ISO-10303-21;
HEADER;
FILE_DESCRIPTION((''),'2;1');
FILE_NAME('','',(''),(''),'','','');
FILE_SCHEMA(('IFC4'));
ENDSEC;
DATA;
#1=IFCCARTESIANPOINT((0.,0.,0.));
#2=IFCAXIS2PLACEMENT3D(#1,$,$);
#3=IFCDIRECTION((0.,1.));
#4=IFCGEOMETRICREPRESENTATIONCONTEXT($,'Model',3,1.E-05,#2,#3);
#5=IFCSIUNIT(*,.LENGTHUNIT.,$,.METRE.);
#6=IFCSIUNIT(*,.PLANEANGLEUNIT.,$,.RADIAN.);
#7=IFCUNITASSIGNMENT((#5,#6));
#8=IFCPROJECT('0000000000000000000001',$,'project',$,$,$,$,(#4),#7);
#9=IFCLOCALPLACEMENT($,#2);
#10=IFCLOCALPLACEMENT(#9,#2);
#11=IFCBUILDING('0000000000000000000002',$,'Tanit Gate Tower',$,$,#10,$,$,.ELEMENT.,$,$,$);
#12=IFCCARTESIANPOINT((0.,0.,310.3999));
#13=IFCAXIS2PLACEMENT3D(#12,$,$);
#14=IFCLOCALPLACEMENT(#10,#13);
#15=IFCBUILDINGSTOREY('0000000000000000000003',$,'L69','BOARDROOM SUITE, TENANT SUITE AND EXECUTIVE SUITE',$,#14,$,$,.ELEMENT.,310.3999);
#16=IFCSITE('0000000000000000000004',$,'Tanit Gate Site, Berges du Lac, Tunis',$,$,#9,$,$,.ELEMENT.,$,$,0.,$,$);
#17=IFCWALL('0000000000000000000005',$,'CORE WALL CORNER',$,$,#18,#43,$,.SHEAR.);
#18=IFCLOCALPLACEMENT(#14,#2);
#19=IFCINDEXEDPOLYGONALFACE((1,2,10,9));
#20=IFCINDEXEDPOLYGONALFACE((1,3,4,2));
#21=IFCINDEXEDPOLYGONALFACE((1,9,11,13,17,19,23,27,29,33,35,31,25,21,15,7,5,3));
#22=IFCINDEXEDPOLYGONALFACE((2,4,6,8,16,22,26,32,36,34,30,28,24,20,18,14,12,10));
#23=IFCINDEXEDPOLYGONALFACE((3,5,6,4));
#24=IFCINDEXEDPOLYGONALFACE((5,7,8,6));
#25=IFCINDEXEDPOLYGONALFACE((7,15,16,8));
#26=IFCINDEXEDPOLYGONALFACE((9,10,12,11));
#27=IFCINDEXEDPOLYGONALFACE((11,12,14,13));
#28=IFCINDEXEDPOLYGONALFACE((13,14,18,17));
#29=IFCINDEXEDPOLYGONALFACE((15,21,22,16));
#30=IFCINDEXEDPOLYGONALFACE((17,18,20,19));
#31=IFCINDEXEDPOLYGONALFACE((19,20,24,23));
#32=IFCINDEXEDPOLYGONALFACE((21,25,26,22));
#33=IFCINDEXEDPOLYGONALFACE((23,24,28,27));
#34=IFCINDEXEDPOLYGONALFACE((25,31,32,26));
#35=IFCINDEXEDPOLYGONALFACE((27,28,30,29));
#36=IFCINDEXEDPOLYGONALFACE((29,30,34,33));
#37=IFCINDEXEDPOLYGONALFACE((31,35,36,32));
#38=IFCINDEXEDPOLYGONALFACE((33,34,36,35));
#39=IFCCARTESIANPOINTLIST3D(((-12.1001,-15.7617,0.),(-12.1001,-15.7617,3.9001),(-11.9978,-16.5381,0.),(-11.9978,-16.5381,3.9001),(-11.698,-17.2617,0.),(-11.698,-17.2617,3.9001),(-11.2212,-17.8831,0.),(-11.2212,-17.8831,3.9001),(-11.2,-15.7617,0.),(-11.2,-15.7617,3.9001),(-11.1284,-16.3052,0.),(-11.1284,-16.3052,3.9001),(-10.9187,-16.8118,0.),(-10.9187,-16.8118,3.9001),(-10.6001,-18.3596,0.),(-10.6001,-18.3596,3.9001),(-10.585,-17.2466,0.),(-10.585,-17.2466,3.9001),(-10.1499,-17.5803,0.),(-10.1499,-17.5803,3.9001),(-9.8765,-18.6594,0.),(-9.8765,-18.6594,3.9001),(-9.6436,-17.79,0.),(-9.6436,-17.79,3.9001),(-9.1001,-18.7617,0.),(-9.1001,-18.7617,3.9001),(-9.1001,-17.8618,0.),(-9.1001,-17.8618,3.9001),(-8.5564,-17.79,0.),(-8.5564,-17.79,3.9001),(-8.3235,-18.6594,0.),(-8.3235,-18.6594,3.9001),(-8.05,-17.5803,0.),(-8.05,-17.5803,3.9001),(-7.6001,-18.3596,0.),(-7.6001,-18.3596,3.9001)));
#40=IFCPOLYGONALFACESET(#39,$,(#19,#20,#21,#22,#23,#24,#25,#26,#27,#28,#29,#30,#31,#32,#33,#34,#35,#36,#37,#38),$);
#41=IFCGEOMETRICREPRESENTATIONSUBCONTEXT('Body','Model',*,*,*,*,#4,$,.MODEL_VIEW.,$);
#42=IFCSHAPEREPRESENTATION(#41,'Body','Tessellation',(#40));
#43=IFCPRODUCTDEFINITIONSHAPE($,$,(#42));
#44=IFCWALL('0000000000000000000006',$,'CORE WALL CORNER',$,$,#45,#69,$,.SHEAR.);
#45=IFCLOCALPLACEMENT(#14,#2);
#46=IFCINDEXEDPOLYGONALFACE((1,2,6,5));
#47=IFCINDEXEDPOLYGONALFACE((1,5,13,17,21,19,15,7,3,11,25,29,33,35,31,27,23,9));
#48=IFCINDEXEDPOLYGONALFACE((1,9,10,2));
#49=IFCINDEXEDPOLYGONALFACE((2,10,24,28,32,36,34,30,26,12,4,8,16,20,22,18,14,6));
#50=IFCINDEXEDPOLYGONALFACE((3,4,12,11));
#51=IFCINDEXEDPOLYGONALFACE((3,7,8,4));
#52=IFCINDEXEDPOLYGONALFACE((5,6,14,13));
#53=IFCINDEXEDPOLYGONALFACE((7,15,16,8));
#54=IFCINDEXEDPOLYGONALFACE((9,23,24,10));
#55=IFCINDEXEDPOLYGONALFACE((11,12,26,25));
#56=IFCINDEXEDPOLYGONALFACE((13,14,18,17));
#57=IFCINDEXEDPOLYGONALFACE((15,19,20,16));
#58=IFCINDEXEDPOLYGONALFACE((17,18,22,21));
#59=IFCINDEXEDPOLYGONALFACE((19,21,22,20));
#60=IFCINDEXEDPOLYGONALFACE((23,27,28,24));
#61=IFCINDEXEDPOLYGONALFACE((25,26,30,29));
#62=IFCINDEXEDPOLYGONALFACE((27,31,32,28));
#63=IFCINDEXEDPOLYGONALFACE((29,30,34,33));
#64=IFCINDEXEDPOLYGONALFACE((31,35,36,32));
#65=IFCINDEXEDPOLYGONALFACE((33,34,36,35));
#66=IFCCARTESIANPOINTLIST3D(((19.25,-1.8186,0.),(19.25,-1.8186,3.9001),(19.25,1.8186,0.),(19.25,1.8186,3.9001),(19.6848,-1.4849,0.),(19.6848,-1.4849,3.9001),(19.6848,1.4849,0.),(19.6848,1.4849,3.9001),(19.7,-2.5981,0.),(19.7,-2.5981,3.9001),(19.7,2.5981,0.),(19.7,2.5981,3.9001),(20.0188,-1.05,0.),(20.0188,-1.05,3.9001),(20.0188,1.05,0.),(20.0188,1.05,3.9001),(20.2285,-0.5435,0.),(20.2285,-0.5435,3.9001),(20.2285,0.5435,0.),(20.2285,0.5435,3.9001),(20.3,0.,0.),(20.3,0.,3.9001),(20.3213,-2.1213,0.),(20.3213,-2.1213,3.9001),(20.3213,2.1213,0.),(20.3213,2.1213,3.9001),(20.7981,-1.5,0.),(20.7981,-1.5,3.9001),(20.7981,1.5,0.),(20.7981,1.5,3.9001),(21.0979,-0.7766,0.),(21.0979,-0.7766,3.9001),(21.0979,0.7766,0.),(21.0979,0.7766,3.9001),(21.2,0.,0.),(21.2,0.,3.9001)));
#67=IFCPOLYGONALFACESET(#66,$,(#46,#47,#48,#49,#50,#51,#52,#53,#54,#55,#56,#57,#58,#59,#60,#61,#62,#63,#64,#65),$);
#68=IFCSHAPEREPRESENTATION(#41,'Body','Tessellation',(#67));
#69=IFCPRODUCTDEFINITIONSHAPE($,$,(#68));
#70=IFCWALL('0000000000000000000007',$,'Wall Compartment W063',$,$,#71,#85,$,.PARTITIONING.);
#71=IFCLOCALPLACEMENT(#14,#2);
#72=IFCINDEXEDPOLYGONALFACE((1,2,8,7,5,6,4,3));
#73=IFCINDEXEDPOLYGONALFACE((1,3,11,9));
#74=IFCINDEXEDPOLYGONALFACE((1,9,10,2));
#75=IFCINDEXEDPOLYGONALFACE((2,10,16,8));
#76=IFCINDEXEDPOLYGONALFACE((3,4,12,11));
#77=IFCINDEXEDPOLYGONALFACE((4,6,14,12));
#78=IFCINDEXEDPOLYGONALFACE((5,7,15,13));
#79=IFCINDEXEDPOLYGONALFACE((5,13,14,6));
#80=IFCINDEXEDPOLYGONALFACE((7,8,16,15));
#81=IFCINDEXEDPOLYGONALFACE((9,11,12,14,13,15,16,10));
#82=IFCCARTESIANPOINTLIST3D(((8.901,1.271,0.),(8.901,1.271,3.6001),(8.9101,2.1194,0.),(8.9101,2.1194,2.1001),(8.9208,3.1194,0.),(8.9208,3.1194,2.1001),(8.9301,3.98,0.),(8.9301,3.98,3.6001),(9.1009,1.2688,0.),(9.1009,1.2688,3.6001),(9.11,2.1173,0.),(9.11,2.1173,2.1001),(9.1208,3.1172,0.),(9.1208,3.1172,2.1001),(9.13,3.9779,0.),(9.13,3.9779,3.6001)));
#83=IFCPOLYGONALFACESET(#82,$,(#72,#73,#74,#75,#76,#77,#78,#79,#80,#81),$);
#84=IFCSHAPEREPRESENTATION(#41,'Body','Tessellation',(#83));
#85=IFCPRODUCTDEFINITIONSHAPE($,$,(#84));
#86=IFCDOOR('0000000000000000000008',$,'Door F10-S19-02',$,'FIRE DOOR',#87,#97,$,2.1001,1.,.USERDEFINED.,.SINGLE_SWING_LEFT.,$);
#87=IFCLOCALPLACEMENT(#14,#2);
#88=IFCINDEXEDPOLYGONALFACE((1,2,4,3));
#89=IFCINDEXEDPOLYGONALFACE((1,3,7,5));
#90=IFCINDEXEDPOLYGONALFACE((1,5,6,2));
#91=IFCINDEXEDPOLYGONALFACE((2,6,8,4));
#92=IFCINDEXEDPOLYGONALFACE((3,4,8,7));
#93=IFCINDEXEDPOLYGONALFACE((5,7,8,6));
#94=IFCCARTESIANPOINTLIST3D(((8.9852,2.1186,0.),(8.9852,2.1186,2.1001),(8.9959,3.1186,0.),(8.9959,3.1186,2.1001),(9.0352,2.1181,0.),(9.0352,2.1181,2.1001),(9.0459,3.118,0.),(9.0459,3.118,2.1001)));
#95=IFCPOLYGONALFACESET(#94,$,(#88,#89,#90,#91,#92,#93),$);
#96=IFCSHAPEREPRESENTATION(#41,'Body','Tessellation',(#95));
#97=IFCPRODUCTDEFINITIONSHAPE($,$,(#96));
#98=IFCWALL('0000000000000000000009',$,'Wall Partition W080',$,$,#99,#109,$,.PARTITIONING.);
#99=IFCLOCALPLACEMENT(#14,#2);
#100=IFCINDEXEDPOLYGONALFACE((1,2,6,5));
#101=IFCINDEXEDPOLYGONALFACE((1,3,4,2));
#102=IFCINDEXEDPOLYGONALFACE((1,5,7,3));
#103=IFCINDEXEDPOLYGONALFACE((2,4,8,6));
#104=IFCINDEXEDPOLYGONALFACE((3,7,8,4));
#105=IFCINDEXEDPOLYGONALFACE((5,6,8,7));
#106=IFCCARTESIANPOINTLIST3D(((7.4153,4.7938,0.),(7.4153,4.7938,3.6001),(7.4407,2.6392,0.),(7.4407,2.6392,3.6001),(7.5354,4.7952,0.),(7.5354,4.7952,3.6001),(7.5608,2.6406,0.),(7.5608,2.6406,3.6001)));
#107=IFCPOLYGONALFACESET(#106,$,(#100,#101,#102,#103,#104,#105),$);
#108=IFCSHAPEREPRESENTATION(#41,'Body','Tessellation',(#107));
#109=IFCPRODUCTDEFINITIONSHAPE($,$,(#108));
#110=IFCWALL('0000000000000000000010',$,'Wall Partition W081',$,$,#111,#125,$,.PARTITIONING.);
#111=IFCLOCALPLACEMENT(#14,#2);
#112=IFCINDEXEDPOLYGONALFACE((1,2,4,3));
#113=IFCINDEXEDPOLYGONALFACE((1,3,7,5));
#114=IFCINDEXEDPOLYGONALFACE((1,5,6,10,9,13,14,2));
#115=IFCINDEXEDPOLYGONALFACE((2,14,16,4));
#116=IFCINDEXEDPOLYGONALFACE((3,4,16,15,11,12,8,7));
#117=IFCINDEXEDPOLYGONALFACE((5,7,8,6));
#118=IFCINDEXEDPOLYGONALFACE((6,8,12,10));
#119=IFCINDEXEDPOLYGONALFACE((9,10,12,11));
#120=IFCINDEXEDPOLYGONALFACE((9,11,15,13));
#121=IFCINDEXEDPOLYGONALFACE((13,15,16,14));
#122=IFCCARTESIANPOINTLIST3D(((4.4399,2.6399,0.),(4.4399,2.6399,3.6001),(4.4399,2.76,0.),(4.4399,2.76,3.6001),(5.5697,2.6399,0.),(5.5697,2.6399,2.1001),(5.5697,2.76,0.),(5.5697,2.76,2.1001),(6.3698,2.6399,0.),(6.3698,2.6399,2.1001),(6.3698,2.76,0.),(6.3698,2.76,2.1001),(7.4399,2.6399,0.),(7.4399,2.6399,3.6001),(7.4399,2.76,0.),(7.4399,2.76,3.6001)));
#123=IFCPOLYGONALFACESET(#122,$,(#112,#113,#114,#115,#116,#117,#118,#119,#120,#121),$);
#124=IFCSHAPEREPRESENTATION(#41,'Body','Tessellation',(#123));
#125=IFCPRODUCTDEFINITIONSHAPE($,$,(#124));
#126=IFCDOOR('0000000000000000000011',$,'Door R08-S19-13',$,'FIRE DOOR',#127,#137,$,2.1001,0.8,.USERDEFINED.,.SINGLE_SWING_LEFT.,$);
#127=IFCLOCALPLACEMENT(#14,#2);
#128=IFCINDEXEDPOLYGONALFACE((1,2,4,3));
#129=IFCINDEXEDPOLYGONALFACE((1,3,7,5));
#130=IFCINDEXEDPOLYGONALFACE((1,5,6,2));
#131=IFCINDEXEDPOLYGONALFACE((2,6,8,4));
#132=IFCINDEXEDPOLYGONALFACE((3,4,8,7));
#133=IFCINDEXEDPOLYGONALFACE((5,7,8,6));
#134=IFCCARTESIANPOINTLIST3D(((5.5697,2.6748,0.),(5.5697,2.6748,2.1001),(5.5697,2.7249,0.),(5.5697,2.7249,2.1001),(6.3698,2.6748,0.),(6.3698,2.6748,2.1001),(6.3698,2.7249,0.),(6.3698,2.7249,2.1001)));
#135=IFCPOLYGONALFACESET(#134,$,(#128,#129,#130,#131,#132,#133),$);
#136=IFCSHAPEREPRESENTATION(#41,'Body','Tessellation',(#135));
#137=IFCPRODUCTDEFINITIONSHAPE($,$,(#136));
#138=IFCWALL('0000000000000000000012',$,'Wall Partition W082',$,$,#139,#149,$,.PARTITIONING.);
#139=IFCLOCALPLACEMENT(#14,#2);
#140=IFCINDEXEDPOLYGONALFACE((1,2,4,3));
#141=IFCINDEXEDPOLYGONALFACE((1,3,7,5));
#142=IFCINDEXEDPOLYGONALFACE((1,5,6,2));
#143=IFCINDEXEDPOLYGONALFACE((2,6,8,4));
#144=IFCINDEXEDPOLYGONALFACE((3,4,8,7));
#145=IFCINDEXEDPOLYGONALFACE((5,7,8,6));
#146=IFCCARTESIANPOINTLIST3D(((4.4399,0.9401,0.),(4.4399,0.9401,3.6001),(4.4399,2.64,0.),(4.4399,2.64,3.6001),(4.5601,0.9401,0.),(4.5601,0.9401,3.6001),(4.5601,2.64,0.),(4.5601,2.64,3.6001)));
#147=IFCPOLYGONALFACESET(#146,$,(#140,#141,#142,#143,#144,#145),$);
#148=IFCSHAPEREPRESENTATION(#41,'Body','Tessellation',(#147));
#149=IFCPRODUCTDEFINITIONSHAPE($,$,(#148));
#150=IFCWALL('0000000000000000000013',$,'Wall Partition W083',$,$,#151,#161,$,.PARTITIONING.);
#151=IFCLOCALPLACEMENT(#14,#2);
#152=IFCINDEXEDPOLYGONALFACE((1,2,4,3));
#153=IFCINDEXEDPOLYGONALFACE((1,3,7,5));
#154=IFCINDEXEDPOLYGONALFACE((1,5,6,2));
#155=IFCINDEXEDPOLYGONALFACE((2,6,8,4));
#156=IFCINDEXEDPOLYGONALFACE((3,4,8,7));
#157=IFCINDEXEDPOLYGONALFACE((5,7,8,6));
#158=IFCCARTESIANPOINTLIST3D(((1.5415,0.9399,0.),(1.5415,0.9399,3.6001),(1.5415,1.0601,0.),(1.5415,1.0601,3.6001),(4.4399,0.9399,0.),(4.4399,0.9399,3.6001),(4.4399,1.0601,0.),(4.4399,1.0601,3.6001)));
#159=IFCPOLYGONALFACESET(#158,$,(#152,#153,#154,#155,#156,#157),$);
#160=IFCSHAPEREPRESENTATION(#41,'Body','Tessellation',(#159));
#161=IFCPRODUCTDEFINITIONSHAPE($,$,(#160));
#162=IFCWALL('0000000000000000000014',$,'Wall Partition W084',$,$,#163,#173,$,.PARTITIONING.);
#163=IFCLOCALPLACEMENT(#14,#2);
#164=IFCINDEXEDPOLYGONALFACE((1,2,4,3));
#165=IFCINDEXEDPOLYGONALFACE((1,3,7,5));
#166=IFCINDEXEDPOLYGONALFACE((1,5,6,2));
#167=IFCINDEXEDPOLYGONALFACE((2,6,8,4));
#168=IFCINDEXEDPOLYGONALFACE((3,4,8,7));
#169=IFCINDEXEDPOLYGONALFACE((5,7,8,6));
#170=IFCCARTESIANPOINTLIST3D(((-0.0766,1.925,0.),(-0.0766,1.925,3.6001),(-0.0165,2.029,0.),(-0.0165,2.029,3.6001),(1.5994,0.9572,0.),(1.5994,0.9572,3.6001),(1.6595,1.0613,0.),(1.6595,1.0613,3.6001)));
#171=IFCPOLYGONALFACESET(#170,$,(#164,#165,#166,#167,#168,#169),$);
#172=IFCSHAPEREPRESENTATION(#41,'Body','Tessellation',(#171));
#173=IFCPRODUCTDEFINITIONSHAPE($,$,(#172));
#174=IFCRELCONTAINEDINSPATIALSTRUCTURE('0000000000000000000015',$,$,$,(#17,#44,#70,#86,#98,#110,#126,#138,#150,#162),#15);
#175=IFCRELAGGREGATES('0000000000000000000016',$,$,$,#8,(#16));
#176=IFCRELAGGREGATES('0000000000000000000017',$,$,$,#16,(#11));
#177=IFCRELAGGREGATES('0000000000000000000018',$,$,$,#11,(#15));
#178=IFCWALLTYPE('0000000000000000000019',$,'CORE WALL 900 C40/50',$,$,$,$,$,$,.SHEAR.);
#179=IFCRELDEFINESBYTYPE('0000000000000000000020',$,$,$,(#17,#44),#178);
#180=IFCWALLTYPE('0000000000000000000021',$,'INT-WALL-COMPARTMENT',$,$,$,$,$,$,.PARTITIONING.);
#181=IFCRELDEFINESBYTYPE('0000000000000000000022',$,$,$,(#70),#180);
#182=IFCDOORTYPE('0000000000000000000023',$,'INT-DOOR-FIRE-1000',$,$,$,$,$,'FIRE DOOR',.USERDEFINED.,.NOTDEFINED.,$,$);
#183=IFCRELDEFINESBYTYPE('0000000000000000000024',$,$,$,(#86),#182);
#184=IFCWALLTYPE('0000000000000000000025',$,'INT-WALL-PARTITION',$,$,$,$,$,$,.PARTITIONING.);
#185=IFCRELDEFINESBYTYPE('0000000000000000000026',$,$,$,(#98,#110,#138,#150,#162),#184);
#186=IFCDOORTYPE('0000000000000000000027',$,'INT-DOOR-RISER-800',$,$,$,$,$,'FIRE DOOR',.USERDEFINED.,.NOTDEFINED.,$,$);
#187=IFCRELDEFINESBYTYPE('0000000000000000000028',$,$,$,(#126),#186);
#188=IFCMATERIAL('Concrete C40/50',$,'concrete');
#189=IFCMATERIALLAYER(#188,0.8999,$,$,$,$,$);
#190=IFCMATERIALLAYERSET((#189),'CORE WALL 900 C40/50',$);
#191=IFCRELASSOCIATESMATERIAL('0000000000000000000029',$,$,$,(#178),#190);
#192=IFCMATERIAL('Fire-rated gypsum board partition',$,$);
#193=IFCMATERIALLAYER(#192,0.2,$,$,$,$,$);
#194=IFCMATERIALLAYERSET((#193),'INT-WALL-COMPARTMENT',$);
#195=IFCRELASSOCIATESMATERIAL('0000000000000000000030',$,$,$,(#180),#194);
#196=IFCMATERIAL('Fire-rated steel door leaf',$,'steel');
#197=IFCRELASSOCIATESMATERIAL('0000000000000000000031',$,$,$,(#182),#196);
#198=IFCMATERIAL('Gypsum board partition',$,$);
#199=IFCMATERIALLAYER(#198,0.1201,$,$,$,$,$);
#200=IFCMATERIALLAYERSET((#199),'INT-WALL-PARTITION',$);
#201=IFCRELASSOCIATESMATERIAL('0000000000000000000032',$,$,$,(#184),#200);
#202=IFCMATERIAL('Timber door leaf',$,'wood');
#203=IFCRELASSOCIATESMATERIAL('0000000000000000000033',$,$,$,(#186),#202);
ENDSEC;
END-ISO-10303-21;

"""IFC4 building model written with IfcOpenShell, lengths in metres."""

from ifc_helpers import new_model, si_unit, direction, frame, frame_2d, origin, place, context, subcontext, project, spatial, polyline, rectangle, outline, extrude, material, layer, layer_set, type_object, element, fill, save


model = new_model("IFC4")

# Units and contexts
model_context = context("Model", 3, precision=1e-05, world=origin(), true_north=direction((0.0, 1.0)))
body_context = subcontext(model_context, "Body", "Model", "MODEL_VIEW")
ifc_project = project(units=[si_unit("LENGTHUNIT", "METRE"), si_unit("PLANEANGLEUNIT", "RADIAN")], contexts=[model_context])

# Site, building, storey
site_placement = place(None, origin())
site = spatial("IfcSite", under=ifc_project, at=site_placement, Name="Tanit Gate Site, Berges du Lac, Tunis", CompositionType="ELEMENT", RefElevation=0.0)
building_placement = place(site_placement, origin())
building = spatial("IfcBuilding", under=site, at=building_placement, Name="Tanit Gate Tower", CompositionType="ELEMENT")
storey_placement = place(building_placement, frame((0.0, 0.0, 310.3999)))
storey = spatial("IfcBuildingStorey", under=building, at=storey_placement, Name="L69", Description="BOARDROOM SUITE, TENANT SUITE AND EXECUTIVE SUITE", CompositionType="ELEMENT", Elevation=310.3999)

# Walls
ifc_material_1 = material(Name="Concrete C40/50", Category="concrete")
ifc_layer_1 = layer(ifc_material_1, 0.8999)
ifc_layer_set_1 = layer_set([ifc_layer_1], Name="CORE WALL 900 C40/50")
wall_type_1 = type_object("IfcWallType", Name="CORE WALL 900 C40/50", PredefinedType="SHEAR", material=ifc_layer_set_1)
wall_1_placement = place(storey_placement, origin())
element("IfcWall", 1, at=wall_1_placement, inside=storey, type_object=wall_type_1, Name="CORE WALL CORNER", PredefinedType="SHEAR", context=body_context, shape_type="SweptSolid", body=[
    extrude(outline(polyline([(-12.1001, -15.7617), (-11.9978, -16.5381), (-11.698, -17.2617), (-11.2212, -17.8831), (-10.6001, -18.3596), (-9.8765, -18.6594), (-9.1001, -18.7617), (-8.3235, -18.6594), (-7.6001, -18.3596), (-8.05, -17.5803), (-8.5564, -17.79), (-9.1001, -17.8618), (-9.6436, -17.79), (-10.1499, -17.5803), (-10.585, -17.2466), (-10.9187, -16.8118), (-11.1284, -16.3052), (-11.2, -15.7617), (-12.1001, -15.7617)])), origin(), (0.0, 0.0, 1.0), 3.9001),
])
wall_2_placement = place(storey_placement, origin())
element("IfcWall", 2, at=wall_2_placement, inside=storey, type_object=wall_type_1, Name="CORE WALL CORNER", PredefinedType="SHEAR", context=body_context, shape_type="SweptSolid", body=[
    extrude(outline(polyline([(19.7, -2.5981), (20.3213, -2.1213), (20.7981, -1.5), (21.0979, -0.7766), (21.2, 0.0), (21.0979, 0.7766), (20.7981, 1.5), (20.3213, 2.1213), (19.7, 2.5981), (19.25, 1.8186), (19.6848, 1.4849), (20.0188, 1.05), (20.2285, 0.5435), (20.3, 0.0), (20.2285, -0.5435), (20.0188, -1.05), (19.6848, -1.4849), (19.25, -1.8186), (19.7, -2.5981)])), origin(), (0.0, 0.0, 1.0), 3.9001),
])

# Wall, opening, door
ifc_material_2 = material(Name="Fire-rated gypsum board partition")
ifc_layer_2 = layer(ifc_material_2, 0.2)
ifc_layer_set_2 = layer_set([ifc_layer_2], Name="INT-WALL-COMPARTMENT")
wall_type_2 = type_object("IfcWallType", Name="INT-WALL-COMPARTMENT", PredefinedType="PARTITIONING", material=ifc_layer_set_2)
wall_3_placement = place(storey_placement, frame((9.001, 1.27, 0.0), z_axis=(0.0, 0.0, 1.0), x_axis=(0.010724, 0.999942, 0.0)))
wall_3 = element("IfcWall", 3, at=wall_3_placement, inside=storey, type_object=wall_type_2, Name="Wall Compartment W063", PredefinedType="PARTITIONING", context=body_context, shape_type="SweptSolid", body=[
    extrude(rectangle(XDim=2.7092, YDim=0.2, at=frame_2d((1.3545, 0.0))), origin(), (0.0, 0.0, 1.0), 3.6001),
])
opening_1_placement = place(wall_3_placement, frame((0.8484, 0.0, 0.0)))
opening_1 = element("IfcOpeningElement", 4, at=opening_1_placement, cuts=wall_3, PredefinedType="OPENING", context=body_context, shape_type="SweptSolid", body=[
    extrude(rectangle(XDim=1.0, YDim=2.1001, at=frame_2d((0.5, 1.05))), frame((0.0, 0.1099, 0.0), z_axis=(0.0, -1.0, 0.0), x_axis=(1.0, 0.0, 0.0)), (0.0, 0.0, 1.0), 0.22),
])
ifc_material_3 = material(Name="Fire-rated steel door leaf", Category="steel")
door_type_1 = type_object("IfcDoorType", Name="INT-DOOR-FIRE-1000", ElementType="FIRE DOOR", OperationType="NOTDEFINED", PredefinedType="USERDEFINED", material=ifc_material_3)
door_1_placement = place(opening_1_placement, origin())
door_1 = element("IfcDoor", 5, at=door_1_placement, inside=storey, type_object=door_type_1, Name="Door F10-S19-02", ObjectType="FIRE DOOR", OperationType="SINGLE_SWING_LEFT", OverallHeight=2.1001, OverallWidth=1.0, PredefinedType="USERDEFINED", context=body_context, shape_type="SweptSolid", body=[
    extrude(rectangle(XDim=1.0, YDim=2.1001, at=frame_2d((0.5, 1.05))), frame((0.0, 0.0249, 0.0), z_axis=(0.0, -1.0, 0.0), x_axis=(1.0, 0.0, 0.0)), (0.0, 0.0, 1.0), 0.05),
])
fill(opening_1, door_1)

# Wall
ifc_material_4 = material(Name="Gypsum board partition")
ifc_layer_3 = layer(ifc_material_4, 0.1201)
ifc_layer_set_3 = layer_set([ifc_layer_3], Name="INT-WALL-PARTITION")
wall_type_3 = type_object("IfcWallType", Name="INT-WALL-PARTITION", PredefinedType="PARTITIONING", material=ifc_layer_set_3)
wall_4_placement = place(storey_placement, frame((7.5007, 2.6399, 0.0), z_axis=(0.0, 0.0, 1.0), x_axis=(-0.011784, 0.999931, 0.0)))
element("IfcWall", 6, at=wall_4_placement, inside=storey, type_object=wall_type_3, Name="Wall Partition W080", PredefinedType="PARTITIONING", context=body_context, shape_type="SweptSolid", body=[
    extrude(rectangle(XDim=2.1548, YDim=0.1201, at=frame_2d((1.0774, 0.0))), origin(), (0.0, 0.0, 1.0), 3.6001),
])

# Wall, opening, door
wall_5_placement = place(storey_placement, frame((4.4399, 2.7, 0.0), z_axis=(0.0, 0.0, 1.0), x_axis=(1.0, 0.0, 0.0)))
wall_5 = element("IfcWall", 7, at=wall_5_placement, inside=storey, type_object=wall_type_3, Name="Wall Partition W081", PredefinedType="PARTITIONING", context=body_context, shape_type="SweptSolid", body=[
    extrude(rectangle(XDim=3.0, YDim=0.1201, at=frame_2d((1.5, 0.0))), origin(), (0.0, 0.0, 1.0), 3.6001),
])
opening_2_placement = place(wall_5_placement, frame((1.1299, 0.0, 0.0)))
opening_2 = element("IfcOpeningElement", 8, at=opening_2_placement, cuts=wall_5, PredefinedType="OPENING", context=body_context, shape_type="SweptSolid", body=[
    extrude(rectangle(XDim=0.8, YDim=2.1001, at=frame_2d((0.3999, 1.05))), frame((0.0, 0.0701, 0.0), z_axis=(0.0, -1.0, 0.0), x_axis=(1.0, 0.0, 0.0)), (0.0, 0.0, 1.0), 0.1401),
])
ifc_material_5 = material(Name="Timber door leaf", Category="wood")
door_type_2 = type_object("IfcDoorType", Name="INT-DOOR-RISER-800", ElementType="FIRE DOOR", OperationType="NOTDEFINED", PredefinedType="USERDEFINED", material=ifc_material_5)
door_2_placement = place(opening_2_placement, origin())
door_2 = element("IfcDoor", 9, at=door_2_placement, inside=storey, type_object=door_type_2, Name="Door R08-S19-13", ObjectType="FIRE DOOR", OperationType="SINGLE_SWING_LEFT", OverallHeight=2.1001, OverallWidth=0.8, PredefinedType="USERDEFINED", context=body_context, shape_type="SweptSolid", body=[
    extrude(rectangle(XDim=0.8, YDim=2.1001, at=frame_2d((0.3999, 1.05))), frame((0.0, 0.0249, 0.0), z_axis=(0.0, -1.0, 0.0), x_axis=(1.0, 0.0, 0.0)), (0.0, 0.0, 1.0), 0.05),
])
fill(opening_2, door_2)

# Walls
wall_6_placement = place(storey_placement, frame((4.5, 0.9399, 0.0), z_axis=(0.0, 0.0, 1.0), x_axis=(0.0, 1.0, 0.0)))
element("IfcWall", 10, at=wall_6_placement, inside=storey, type_object=wall_type_3, Name="Wall Partition W082", PredefinedType="PARTITIONING", context=body_context, shape_type="SweptSolid", body=[
    extrude(rectangle(XDim=1.7, YDim=0.1201, at=frame_2d((0.8501, 0.0))), origin(), (0.0, 0.0, 1.0), 3.6001),
])
wall_7_placement = place(storey_placement, frame((1.5415, 1.0, 0.0), z_axis=(0.0, 0.0, 1.0), x_axis=(1.0, 0.0, 0.0)))
element("IfcWall", 11, at=wall_7_placement, inside=storey, type_object=wall_type_3, Name="Wall Partition W083", PredefinedType="PARTITIONING", context=body_context, shape_type="SweptSolid", body=[
    extrude(rectangle(XDim=2.8984, YDim=0.1201, at=frame_2d((1.4492, 0.0))), origin(), (0.0, 0.0, 1.0), 3.6001),
])
wall_8_placement = place(storey_placement, frame((-0.0466, 1.9771, 0.0), z_axis=(0.0, 0.0, 1.0), x_axis=(0.865999, -0.500046, 0.0)))
element("IfcWall", 12, at=wall_8_placement, inside=storey, type_object=wall_type_3, Name="Wall Partition W084", PredefinedType="PARTITIONING", context=body_context, shape_type="SweptSolid", body=[
    extrude(rectangle(XDim=1.9353, YDim=0.1201, at=frame_2d((0.9678, 0.0))), origin(), (0.0, 0.0, 1.0), 3.6001),
])

save(model, "model.ifc")
